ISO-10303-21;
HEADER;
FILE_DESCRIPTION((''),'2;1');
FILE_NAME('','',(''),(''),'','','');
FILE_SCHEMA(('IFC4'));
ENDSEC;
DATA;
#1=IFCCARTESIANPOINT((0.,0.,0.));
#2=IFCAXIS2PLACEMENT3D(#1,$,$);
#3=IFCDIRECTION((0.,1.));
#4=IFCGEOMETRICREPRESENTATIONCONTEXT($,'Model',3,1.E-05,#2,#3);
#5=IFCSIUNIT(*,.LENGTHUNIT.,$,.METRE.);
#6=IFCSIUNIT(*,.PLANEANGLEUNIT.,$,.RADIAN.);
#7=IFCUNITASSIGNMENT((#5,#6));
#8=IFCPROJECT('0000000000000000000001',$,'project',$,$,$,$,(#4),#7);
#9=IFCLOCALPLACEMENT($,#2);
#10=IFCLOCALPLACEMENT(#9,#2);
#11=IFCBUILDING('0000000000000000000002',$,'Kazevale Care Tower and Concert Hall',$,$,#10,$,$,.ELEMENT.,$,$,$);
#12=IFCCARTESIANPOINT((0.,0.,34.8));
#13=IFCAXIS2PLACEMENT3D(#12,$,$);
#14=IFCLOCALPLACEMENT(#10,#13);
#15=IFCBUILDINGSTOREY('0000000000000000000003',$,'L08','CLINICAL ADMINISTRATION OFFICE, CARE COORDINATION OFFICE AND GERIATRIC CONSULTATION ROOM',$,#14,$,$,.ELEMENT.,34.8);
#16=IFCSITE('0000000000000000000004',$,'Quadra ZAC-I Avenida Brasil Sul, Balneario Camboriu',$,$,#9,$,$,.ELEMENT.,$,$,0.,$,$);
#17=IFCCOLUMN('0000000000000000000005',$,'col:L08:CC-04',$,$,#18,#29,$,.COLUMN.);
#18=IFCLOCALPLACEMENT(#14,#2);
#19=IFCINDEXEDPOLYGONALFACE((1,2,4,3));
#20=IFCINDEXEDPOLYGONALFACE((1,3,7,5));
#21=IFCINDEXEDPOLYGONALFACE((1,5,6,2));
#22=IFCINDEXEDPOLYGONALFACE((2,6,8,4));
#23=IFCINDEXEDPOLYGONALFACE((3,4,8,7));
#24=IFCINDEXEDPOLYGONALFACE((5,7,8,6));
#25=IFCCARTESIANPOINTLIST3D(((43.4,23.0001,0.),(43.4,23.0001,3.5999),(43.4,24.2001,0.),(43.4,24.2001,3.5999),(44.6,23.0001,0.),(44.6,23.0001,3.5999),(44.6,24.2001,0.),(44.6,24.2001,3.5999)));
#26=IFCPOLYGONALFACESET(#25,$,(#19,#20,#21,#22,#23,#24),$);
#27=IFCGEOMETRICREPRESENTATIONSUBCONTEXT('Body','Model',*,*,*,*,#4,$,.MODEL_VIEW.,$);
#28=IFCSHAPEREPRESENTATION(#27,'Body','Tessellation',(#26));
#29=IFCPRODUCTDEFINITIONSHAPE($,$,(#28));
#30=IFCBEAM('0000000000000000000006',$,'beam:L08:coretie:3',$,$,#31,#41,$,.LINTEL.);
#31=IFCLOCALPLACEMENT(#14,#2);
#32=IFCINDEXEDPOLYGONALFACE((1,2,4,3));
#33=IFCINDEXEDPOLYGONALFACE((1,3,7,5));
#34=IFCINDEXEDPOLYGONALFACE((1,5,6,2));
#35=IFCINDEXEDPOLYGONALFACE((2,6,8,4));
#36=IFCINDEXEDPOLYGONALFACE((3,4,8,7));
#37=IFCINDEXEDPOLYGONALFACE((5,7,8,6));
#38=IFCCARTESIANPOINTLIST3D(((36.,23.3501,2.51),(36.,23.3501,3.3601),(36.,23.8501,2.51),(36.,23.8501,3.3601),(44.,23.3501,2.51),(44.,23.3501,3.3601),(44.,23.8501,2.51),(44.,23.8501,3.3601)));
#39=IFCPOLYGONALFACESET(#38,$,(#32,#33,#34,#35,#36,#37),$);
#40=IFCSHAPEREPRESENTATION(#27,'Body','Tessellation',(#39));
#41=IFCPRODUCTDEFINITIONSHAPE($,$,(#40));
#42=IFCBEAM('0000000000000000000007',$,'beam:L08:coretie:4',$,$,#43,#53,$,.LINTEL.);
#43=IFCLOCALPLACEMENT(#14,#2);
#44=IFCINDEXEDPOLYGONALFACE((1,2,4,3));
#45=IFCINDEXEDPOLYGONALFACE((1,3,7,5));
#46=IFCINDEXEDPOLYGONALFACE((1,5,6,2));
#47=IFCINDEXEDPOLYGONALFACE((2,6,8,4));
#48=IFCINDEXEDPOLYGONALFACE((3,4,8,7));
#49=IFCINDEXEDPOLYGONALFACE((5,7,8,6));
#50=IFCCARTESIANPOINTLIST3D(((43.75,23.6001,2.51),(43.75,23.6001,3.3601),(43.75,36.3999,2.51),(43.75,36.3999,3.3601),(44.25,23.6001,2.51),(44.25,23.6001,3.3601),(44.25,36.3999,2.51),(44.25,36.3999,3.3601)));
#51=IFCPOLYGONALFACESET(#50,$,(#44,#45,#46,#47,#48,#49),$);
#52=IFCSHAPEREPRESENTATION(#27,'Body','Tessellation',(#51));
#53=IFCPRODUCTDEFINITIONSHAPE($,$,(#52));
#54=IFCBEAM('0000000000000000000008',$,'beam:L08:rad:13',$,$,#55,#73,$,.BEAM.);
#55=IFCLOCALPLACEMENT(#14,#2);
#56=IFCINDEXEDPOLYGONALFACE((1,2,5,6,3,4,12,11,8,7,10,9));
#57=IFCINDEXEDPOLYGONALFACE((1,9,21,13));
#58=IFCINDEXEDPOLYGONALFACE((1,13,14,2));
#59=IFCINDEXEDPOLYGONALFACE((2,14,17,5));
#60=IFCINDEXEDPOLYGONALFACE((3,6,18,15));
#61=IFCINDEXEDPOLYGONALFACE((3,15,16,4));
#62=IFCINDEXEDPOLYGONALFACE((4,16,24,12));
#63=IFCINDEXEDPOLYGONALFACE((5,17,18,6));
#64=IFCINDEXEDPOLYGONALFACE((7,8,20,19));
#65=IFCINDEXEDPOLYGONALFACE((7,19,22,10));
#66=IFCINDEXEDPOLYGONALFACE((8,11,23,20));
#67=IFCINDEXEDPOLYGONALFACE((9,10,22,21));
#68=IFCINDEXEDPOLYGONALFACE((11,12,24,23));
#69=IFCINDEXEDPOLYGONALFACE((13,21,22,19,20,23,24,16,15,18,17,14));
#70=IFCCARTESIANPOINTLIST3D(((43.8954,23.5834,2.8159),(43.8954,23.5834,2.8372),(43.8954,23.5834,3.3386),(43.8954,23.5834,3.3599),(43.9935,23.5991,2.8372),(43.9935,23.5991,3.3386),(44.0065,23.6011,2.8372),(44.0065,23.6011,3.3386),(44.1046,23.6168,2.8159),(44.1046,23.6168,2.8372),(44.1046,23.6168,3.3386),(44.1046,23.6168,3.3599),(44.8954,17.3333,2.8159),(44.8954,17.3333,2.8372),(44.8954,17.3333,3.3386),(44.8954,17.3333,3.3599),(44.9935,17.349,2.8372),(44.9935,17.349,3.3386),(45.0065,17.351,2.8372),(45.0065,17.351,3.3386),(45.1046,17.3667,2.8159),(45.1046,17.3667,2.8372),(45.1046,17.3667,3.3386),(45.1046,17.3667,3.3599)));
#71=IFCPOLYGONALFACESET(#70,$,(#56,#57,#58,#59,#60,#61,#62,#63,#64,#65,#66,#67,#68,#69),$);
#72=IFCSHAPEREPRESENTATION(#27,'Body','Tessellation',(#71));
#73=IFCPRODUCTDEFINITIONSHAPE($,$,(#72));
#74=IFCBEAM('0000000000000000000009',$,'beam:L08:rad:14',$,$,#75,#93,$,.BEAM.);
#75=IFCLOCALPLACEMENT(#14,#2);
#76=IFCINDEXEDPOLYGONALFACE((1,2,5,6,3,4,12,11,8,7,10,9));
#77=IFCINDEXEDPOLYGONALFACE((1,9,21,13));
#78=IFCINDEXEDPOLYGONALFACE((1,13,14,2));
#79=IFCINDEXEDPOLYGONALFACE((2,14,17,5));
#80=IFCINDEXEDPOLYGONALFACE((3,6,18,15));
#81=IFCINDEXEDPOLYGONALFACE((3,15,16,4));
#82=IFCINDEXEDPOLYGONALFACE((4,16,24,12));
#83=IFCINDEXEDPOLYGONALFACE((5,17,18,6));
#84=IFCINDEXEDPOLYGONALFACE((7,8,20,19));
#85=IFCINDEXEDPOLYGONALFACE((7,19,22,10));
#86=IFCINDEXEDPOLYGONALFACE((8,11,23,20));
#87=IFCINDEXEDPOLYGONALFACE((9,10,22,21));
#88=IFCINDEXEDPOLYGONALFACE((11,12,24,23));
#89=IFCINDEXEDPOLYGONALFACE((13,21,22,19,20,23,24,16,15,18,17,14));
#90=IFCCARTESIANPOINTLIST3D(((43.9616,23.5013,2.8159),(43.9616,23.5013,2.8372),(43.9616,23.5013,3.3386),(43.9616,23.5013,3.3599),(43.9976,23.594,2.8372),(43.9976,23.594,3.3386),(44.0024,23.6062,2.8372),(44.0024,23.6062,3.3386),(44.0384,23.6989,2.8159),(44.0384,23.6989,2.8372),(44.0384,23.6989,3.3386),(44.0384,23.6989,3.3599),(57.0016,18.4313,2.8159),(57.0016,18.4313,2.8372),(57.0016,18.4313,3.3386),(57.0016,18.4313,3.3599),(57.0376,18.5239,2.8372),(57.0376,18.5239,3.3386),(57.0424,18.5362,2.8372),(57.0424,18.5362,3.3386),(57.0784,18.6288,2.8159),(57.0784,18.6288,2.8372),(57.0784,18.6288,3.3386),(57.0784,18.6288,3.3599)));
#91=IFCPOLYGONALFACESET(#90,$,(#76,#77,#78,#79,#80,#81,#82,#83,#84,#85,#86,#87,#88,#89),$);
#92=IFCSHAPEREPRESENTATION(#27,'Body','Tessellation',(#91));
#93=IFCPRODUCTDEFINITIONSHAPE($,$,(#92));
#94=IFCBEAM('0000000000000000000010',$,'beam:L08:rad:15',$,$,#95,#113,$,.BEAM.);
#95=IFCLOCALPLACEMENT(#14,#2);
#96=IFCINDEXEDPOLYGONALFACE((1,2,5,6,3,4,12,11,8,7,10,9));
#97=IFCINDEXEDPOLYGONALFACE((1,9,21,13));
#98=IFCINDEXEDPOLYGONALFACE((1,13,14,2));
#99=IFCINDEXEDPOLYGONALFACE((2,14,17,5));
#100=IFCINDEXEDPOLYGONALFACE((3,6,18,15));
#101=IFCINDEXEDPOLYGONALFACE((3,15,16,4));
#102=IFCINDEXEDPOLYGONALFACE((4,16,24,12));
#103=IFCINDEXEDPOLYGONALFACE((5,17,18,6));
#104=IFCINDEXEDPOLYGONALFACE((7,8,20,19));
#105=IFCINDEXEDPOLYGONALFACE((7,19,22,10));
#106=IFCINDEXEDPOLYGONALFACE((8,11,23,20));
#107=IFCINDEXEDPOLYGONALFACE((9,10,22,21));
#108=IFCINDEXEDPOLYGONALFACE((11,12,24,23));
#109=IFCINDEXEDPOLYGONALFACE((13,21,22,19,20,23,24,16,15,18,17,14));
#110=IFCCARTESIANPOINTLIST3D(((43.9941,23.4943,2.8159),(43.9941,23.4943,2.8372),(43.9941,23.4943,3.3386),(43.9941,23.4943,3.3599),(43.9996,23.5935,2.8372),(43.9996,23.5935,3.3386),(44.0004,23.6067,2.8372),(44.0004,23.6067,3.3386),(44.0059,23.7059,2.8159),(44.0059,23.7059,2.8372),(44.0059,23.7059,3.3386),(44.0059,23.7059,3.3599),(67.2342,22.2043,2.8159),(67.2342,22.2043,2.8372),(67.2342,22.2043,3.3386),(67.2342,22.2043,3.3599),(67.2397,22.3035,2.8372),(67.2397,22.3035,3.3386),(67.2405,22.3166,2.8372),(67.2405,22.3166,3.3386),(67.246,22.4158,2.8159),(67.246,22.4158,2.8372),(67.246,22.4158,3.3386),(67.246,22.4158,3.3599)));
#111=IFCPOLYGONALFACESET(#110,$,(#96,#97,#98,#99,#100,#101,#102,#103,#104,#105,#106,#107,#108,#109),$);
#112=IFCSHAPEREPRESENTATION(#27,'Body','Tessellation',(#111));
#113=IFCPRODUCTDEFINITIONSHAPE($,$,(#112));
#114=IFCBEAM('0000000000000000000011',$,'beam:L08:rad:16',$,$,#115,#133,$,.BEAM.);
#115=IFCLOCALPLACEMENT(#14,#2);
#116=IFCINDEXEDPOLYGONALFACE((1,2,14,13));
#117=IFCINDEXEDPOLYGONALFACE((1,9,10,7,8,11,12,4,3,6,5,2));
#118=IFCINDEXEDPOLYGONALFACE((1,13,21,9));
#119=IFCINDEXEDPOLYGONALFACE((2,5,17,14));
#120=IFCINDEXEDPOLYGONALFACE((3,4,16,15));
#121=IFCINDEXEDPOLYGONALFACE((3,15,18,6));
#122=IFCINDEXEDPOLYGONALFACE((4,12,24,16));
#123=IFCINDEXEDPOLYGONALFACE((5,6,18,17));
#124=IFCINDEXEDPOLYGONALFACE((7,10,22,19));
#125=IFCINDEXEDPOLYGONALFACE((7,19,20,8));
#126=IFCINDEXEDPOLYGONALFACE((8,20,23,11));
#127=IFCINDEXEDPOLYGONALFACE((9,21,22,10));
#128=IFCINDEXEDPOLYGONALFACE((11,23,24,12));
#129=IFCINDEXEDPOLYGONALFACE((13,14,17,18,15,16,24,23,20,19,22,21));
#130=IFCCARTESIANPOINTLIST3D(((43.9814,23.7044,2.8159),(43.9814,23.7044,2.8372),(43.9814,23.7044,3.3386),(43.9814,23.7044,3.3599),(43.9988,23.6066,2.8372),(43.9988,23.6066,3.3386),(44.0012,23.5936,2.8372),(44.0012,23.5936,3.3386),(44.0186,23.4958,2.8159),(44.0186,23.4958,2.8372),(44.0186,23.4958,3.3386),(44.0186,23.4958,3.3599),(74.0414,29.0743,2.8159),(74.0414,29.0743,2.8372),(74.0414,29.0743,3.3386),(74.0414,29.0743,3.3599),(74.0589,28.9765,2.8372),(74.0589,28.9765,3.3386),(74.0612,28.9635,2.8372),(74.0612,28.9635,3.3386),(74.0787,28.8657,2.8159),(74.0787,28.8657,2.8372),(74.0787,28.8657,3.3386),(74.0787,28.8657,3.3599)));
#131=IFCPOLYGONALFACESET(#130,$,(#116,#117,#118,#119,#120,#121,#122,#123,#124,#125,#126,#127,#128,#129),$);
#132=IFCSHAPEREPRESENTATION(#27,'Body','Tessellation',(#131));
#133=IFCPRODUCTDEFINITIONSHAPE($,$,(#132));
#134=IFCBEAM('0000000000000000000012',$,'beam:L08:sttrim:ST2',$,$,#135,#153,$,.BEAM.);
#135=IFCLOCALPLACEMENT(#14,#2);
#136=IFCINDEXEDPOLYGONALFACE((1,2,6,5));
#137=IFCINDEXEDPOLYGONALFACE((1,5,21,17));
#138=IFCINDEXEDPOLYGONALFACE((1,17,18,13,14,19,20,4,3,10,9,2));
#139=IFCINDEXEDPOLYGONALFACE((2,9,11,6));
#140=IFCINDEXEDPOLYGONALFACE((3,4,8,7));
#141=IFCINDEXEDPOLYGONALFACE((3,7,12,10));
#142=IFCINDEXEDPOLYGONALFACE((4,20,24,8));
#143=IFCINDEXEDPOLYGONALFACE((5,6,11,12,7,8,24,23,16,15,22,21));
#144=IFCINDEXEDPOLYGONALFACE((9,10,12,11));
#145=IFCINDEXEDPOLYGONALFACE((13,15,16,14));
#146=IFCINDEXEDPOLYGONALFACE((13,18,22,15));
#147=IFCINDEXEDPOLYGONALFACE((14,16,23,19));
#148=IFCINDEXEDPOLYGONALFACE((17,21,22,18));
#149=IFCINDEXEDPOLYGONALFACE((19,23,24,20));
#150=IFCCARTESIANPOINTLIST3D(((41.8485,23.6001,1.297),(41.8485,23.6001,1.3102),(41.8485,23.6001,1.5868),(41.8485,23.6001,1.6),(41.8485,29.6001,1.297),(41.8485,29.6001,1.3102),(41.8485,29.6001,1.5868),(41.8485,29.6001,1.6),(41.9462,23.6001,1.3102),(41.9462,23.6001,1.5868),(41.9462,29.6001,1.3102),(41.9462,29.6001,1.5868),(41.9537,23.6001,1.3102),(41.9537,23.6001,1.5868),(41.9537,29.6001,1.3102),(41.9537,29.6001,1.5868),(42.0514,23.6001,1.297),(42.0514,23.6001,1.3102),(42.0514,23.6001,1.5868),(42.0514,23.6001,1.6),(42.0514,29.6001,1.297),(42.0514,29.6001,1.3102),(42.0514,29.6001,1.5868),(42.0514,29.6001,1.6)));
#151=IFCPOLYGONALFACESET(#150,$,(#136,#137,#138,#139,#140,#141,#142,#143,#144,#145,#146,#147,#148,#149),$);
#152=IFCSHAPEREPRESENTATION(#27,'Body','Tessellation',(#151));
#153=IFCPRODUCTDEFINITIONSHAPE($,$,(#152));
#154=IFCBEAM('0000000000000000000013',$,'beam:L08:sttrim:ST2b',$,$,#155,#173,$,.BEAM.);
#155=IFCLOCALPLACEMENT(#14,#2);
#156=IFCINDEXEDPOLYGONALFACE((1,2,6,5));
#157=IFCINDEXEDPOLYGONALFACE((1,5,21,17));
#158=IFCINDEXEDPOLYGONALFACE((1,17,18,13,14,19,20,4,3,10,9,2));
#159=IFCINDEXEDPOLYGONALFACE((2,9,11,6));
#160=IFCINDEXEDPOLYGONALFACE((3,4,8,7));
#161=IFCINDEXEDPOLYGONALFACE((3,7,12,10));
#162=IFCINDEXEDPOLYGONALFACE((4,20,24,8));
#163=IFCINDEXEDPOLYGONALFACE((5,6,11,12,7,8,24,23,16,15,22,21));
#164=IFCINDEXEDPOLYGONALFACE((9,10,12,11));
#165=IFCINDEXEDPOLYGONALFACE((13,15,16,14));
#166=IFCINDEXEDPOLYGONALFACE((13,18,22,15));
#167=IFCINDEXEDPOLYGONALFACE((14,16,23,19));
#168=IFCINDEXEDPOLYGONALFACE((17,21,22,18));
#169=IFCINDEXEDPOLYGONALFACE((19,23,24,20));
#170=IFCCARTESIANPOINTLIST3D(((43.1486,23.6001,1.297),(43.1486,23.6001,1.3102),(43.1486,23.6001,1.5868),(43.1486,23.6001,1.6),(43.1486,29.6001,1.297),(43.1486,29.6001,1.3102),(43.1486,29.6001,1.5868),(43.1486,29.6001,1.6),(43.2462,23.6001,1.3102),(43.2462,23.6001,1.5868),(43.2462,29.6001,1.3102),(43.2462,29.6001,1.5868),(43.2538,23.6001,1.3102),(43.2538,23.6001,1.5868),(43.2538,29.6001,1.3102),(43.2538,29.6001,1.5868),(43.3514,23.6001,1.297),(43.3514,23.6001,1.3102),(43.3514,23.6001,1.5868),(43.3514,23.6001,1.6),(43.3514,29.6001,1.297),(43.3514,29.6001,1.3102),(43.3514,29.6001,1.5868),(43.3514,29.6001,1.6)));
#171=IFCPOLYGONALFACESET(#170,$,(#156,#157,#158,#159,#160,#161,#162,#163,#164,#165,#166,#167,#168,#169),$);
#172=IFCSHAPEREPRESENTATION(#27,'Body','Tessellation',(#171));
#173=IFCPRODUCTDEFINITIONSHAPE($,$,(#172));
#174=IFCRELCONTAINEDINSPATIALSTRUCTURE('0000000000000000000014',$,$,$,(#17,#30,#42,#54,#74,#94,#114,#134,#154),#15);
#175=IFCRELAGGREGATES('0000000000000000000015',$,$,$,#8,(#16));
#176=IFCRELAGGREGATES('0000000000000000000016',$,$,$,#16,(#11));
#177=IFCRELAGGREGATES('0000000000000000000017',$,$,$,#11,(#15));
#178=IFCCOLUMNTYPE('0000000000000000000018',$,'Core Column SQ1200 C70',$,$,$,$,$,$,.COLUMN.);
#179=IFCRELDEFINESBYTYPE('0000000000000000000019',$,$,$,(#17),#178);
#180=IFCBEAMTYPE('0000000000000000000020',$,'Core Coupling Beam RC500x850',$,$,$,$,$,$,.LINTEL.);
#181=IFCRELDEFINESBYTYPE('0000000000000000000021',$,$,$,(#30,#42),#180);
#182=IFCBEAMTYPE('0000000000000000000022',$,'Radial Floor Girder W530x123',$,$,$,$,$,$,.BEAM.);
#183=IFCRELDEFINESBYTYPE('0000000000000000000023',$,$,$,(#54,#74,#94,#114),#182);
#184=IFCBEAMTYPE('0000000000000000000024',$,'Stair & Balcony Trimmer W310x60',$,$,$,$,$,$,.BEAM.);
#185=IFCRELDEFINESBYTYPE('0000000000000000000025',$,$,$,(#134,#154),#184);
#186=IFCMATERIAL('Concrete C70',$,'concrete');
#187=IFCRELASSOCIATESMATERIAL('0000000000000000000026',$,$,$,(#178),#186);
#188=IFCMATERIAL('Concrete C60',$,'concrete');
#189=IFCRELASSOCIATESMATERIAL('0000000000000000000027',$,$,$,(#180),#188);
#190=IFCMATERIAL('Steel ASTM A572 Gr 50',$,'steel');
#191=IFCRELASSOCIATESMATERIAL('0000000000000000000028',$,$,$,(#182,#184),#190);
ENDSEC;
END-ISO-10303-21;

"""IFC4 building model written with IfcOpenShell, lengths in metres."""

from ifc_helpers import new_model, si_unit, direction, frame, origin, origin_2d, place, context, subcontext, project, spatial, rectangle, i_section, extrude, material, material_profile, profile_set, type_object, element, save


model = new_model("IFC4")

# Units and contexts
model_context = context("Model", 3, precision=1e-05, world=origin(), true_north=direction((0.0, 1.0)))
body_context = subcontext(model_context, "Body", "Model", "MODEL_VIEW")
ifc_project = project(units=[si_unit("LENGTHUNIT", "METRE"), si_unit("PLANEANGLEUNIT", "RADIAN")], contexts=[model_context])

# Site, building, storey
site_placement = place(None, origin())
site = spatial("IfcSite", under=ifc_project, at=site_placement, Name="Quadra ZAC-I Avenida Brasil Sul, Balneario Camboriu", CompositionType="ELEMENT", RefElevation=0.0)
building_placement = place(site_placement, origin())
building = spatial("IfcBuilding", under=site, at=building_placement, Name="Kazevale Care Tower and Concert Hall", CompositionType="ELEMENT")
storey_placement = place(building_placement, frame((0.0, 0.0, 34.8)))
storey = spatial("IfcBuildingStorey", under=building, at=storey_placement, Name="L08", Description="CLINICAL ADMINISTRATION OFFICE, CARE COORDINATION OFFICE AND GERIATRIC CONSULTATION ROOM", CompositionType="ELEMENT", Elevation=34.8)

# Column
ifc_material_1 = material(Name="Concrete C70", Category="concrete")
ifc_material_profile_1 = material_profile(ifc_material_1, rectangle(XDim=1.2, YDim=1.2, at=origin_2d()), Name="RC-SQ1200")
ifc_profile_set_1 = profile_set([ifc_material_profile_1], Name="Concrete C70")
column_type = type_object("IfcColumnType", Name="Core Column SQ1200 C70", PredefinedType="COLUMN", material=ifc_profile_set_1)
column_placement = place(storey_placement, frame((44.0, 23.6001, 0.0), z_axis=(0.0, 0.0, 1.0), x_axis=(1.0, 0.0, 0.0)))
element("IfcColumn", 1, at=column_placement, inside=storey, type_object=column_type, Name="col:L08:CC-04", PredefinedType="COLUMN", context=body_context, shape_type="SweptSolid", body=[
    extrude(rectangle(XDim=1.2, YDim=1.2, at=origin_2d()), origin(), (0.0, 0.0, 1.0), 3.5999),
])

# Beams
ifc_material_2 = material(Name="Concrete C60", Category="concrete")
ifc_material_profile_2 = material_profile(ifc_material_2, rectangle(XDim=0.5, YDim=0.8501, at=origin_2d()), Name="RC-B500x850")
ifc_profile_set_2 = profile_set([ifc_material_profile_2], Name="Concrete C60")
beam_type_1 = type_object("IfcBeamType", Name="Core Coupling Beam RC500x850", PredefinedType="LINTEL", material=ifc_profile_set_2)
beam_1_placement = place(storey_placement, frame((36.0, 23.6001, 2.9351), z_axis=(1.0, 0.0, 0.0), x_axis=(0.0, 1.0, 0.0)))
element("IfcBeam", 2, at=beam_1_placement, inside=storey, type_object=beam_type_1, Name="beam:L08:coretie:3", PredefinedType="LINTEL", context=body_context, shape_type="SweptSolid", body=[
    extrude(rectangle(XDim=0.5, YDim=0.8501, at=origin_2d()), origin(), (0.0, 0.0, 1.0), 8.0),
])
beam_2_placement = place(storey_placement, frame((44.0, 23.6001, 2.9351), z_axis=(0.0, 1.0, 0.0), x_axis=(-1.0, 0.0, 0.0)))
element("IfcBeam", 3, at=beam_2_placement, inside=storey, type_object=beam_type_1, Name="beam:L08:coretie:4", PredefinedType="LINTEL", context=body_context, shape_type="SweptSolid", body=[
    extrude(rectangle(XDim=0.5, YDim=0.8501, at=origin_2d()), origin(), (0.0, 0.0, 1.0), 12.7998),
])
ifc_material_3 = material(Name="Steel ASTM A572 Gr 50", Category="steel")
ifc_material_profile_3 = material_profile(ifc_material_3, i_section(OverallWidth=0.2119, OverallDepth=0.5439, WebThickness=0.0132, FlangeThickness=0.0212, at=origin_2d()), Name="W530x123")
ifc_profile_set_3 = profile_set([ifc_material_profile_3], Name="Steel ASTM A572 Gr 50")
beam_type_2 = type_object("IfcBeamType", Name="Radial Floor Girder W530x123", PredefinedType="BEAM", material=ifc_profile_set_3)
beam_3_placement = place(storey_placement, frame((44.0, 23.6001, 3.0879), z_axis=(0.157991, -0.987441, 0.0), x_axis=(0.987441, 0.157991, 0.0)))
element("IfcBeam", 4, at=beam_3_placement, inside=storey, type_object=beam_type_2, Name="beam:L08:rad:13", PredefinedType="BEAM", context=body_context, shape_type="SweptSolid", body=[
    extrude(i_section(OverallWidth=0.2119, OverallDepth=0.5439, WebThickness=0.0132, FlangeThickness=0.0212, at=origin_2d()), origin(), (0.0, 0.0, 1.0), 6.3296),
])
beam_4_placement = place(storey_placement, frame((44.0, 23.6001, 3.0879), z_axis=(0.93203, -0.362381, 0.0), x_axis=(0.362381, 0.93203, 0.0)))
element("IfcBeam", 5, at=beam_4_placement, inside=storey, type_object=beam_type_2, Name="beam:L08:rad:14", PredefinedType="BEAM", context=body_context, shape_type="SweptSolid", body=[
    extrude(i_section(OverallWidth=0.2119, OverallDepth=0.5439, WebThickness=0.0132, FlangeThickness=0.0212, at=origin_2d()), origin(), (0.0, 0.0, 1.0), 13.991),
])
beam_5_placement = place(storey_placement, frame((44.0, 23.6001, 3.0879), z_axis=(0.998463, -0.055424, 0.0), x_axis=(0.055424, 0.998463, 0.0)))
element("IfcBeam", 6, at=beam_5_placement, inside=storey, type_object=beam_type_2, Name="beam:L08:rad:15", PredefinedType="BEAM", context=body_context, shape_type="SweptSolid", body=[
    extrude(i_section(OverallWidth=0.2119, OverallDepth=0.5439, WebThickness=0.0132, FlangeThickness=0.0212, at=origin_2d()), origin(), (0.0, 0.0, 1.0), 23.2759),
])
beam_6_placement = place(storey_placement, frame((44.0, 23.6001, 3.0879), z_axis=(0.984416, 0.175854, 0.0), x_axis=(-0.175854, 0.984416, 0.0)))
element("IfcBeam", 7, at=beam_6_placement, inside=storey, type_object=beam_type_2, Name="beam:L08:rad:16", PredefinedType="BEAM", context=body_context, shape_type="SweptSolid", body=[
    extrude(i_section(OverallWidth=0.2119, OverallDepth=0.5439, WebThickness=0.0132, FlangeThickness=0.0212, at=origin_2d()), origin(), (0.0, 0.0, 1.0), 30.5359),
])
ifc_material_profile_4 = material_profile(ifc_material_3, i_section(OverallWidth=0.2029, OverallDepth=0.303, WebThickness=0.0076, FlangeThickness=0.0132, at=origin_2d()), Name="W310x60")
ifc_profile_set_4 = profile_set([ifc_material_profile_4], Name="Steel ASTM A572 Gr 50")
beam_type_3 = type_object("IfcBeamType", Name="Stair & Balcony Trimmer W310x60", PredefinedType="BEAM", material=ifc_profile_set_4)
for number, where, z_axis, x_axis, name in (
    (8, (41.95, 23.6001, 1.4485), (0.0, 1.0, 0.0), (-1.0, 0.0, 0.0), "beam:L08:sttrim:ST2"),
    (9, (43.25, 23.6001, 1.4485), (0.0, 1.0, 0.0), (-1.0, 0.0, 0.0), "beam:L08:sttrim:ST2b"),
):
    element("IfcBeam", number, at=place(storey_placement, frame(where, z_axis=z_axis, x_axis=x_axis)), inside=storey, type_object=beam_type_3, Name=name, PredefinedType="BEAM", context=body_context, shape_type="SweptSolid", body=[
        extrude(i_section(OverallWidth=0.2029, OverallDepth=0.303, WebThickness=0.0076, FlangeThickness=0.0132, at=origin_2d()), origin(), (0.0, 0.0, 1.0), 6.0),
    ])

save(model, "model.ifc")
